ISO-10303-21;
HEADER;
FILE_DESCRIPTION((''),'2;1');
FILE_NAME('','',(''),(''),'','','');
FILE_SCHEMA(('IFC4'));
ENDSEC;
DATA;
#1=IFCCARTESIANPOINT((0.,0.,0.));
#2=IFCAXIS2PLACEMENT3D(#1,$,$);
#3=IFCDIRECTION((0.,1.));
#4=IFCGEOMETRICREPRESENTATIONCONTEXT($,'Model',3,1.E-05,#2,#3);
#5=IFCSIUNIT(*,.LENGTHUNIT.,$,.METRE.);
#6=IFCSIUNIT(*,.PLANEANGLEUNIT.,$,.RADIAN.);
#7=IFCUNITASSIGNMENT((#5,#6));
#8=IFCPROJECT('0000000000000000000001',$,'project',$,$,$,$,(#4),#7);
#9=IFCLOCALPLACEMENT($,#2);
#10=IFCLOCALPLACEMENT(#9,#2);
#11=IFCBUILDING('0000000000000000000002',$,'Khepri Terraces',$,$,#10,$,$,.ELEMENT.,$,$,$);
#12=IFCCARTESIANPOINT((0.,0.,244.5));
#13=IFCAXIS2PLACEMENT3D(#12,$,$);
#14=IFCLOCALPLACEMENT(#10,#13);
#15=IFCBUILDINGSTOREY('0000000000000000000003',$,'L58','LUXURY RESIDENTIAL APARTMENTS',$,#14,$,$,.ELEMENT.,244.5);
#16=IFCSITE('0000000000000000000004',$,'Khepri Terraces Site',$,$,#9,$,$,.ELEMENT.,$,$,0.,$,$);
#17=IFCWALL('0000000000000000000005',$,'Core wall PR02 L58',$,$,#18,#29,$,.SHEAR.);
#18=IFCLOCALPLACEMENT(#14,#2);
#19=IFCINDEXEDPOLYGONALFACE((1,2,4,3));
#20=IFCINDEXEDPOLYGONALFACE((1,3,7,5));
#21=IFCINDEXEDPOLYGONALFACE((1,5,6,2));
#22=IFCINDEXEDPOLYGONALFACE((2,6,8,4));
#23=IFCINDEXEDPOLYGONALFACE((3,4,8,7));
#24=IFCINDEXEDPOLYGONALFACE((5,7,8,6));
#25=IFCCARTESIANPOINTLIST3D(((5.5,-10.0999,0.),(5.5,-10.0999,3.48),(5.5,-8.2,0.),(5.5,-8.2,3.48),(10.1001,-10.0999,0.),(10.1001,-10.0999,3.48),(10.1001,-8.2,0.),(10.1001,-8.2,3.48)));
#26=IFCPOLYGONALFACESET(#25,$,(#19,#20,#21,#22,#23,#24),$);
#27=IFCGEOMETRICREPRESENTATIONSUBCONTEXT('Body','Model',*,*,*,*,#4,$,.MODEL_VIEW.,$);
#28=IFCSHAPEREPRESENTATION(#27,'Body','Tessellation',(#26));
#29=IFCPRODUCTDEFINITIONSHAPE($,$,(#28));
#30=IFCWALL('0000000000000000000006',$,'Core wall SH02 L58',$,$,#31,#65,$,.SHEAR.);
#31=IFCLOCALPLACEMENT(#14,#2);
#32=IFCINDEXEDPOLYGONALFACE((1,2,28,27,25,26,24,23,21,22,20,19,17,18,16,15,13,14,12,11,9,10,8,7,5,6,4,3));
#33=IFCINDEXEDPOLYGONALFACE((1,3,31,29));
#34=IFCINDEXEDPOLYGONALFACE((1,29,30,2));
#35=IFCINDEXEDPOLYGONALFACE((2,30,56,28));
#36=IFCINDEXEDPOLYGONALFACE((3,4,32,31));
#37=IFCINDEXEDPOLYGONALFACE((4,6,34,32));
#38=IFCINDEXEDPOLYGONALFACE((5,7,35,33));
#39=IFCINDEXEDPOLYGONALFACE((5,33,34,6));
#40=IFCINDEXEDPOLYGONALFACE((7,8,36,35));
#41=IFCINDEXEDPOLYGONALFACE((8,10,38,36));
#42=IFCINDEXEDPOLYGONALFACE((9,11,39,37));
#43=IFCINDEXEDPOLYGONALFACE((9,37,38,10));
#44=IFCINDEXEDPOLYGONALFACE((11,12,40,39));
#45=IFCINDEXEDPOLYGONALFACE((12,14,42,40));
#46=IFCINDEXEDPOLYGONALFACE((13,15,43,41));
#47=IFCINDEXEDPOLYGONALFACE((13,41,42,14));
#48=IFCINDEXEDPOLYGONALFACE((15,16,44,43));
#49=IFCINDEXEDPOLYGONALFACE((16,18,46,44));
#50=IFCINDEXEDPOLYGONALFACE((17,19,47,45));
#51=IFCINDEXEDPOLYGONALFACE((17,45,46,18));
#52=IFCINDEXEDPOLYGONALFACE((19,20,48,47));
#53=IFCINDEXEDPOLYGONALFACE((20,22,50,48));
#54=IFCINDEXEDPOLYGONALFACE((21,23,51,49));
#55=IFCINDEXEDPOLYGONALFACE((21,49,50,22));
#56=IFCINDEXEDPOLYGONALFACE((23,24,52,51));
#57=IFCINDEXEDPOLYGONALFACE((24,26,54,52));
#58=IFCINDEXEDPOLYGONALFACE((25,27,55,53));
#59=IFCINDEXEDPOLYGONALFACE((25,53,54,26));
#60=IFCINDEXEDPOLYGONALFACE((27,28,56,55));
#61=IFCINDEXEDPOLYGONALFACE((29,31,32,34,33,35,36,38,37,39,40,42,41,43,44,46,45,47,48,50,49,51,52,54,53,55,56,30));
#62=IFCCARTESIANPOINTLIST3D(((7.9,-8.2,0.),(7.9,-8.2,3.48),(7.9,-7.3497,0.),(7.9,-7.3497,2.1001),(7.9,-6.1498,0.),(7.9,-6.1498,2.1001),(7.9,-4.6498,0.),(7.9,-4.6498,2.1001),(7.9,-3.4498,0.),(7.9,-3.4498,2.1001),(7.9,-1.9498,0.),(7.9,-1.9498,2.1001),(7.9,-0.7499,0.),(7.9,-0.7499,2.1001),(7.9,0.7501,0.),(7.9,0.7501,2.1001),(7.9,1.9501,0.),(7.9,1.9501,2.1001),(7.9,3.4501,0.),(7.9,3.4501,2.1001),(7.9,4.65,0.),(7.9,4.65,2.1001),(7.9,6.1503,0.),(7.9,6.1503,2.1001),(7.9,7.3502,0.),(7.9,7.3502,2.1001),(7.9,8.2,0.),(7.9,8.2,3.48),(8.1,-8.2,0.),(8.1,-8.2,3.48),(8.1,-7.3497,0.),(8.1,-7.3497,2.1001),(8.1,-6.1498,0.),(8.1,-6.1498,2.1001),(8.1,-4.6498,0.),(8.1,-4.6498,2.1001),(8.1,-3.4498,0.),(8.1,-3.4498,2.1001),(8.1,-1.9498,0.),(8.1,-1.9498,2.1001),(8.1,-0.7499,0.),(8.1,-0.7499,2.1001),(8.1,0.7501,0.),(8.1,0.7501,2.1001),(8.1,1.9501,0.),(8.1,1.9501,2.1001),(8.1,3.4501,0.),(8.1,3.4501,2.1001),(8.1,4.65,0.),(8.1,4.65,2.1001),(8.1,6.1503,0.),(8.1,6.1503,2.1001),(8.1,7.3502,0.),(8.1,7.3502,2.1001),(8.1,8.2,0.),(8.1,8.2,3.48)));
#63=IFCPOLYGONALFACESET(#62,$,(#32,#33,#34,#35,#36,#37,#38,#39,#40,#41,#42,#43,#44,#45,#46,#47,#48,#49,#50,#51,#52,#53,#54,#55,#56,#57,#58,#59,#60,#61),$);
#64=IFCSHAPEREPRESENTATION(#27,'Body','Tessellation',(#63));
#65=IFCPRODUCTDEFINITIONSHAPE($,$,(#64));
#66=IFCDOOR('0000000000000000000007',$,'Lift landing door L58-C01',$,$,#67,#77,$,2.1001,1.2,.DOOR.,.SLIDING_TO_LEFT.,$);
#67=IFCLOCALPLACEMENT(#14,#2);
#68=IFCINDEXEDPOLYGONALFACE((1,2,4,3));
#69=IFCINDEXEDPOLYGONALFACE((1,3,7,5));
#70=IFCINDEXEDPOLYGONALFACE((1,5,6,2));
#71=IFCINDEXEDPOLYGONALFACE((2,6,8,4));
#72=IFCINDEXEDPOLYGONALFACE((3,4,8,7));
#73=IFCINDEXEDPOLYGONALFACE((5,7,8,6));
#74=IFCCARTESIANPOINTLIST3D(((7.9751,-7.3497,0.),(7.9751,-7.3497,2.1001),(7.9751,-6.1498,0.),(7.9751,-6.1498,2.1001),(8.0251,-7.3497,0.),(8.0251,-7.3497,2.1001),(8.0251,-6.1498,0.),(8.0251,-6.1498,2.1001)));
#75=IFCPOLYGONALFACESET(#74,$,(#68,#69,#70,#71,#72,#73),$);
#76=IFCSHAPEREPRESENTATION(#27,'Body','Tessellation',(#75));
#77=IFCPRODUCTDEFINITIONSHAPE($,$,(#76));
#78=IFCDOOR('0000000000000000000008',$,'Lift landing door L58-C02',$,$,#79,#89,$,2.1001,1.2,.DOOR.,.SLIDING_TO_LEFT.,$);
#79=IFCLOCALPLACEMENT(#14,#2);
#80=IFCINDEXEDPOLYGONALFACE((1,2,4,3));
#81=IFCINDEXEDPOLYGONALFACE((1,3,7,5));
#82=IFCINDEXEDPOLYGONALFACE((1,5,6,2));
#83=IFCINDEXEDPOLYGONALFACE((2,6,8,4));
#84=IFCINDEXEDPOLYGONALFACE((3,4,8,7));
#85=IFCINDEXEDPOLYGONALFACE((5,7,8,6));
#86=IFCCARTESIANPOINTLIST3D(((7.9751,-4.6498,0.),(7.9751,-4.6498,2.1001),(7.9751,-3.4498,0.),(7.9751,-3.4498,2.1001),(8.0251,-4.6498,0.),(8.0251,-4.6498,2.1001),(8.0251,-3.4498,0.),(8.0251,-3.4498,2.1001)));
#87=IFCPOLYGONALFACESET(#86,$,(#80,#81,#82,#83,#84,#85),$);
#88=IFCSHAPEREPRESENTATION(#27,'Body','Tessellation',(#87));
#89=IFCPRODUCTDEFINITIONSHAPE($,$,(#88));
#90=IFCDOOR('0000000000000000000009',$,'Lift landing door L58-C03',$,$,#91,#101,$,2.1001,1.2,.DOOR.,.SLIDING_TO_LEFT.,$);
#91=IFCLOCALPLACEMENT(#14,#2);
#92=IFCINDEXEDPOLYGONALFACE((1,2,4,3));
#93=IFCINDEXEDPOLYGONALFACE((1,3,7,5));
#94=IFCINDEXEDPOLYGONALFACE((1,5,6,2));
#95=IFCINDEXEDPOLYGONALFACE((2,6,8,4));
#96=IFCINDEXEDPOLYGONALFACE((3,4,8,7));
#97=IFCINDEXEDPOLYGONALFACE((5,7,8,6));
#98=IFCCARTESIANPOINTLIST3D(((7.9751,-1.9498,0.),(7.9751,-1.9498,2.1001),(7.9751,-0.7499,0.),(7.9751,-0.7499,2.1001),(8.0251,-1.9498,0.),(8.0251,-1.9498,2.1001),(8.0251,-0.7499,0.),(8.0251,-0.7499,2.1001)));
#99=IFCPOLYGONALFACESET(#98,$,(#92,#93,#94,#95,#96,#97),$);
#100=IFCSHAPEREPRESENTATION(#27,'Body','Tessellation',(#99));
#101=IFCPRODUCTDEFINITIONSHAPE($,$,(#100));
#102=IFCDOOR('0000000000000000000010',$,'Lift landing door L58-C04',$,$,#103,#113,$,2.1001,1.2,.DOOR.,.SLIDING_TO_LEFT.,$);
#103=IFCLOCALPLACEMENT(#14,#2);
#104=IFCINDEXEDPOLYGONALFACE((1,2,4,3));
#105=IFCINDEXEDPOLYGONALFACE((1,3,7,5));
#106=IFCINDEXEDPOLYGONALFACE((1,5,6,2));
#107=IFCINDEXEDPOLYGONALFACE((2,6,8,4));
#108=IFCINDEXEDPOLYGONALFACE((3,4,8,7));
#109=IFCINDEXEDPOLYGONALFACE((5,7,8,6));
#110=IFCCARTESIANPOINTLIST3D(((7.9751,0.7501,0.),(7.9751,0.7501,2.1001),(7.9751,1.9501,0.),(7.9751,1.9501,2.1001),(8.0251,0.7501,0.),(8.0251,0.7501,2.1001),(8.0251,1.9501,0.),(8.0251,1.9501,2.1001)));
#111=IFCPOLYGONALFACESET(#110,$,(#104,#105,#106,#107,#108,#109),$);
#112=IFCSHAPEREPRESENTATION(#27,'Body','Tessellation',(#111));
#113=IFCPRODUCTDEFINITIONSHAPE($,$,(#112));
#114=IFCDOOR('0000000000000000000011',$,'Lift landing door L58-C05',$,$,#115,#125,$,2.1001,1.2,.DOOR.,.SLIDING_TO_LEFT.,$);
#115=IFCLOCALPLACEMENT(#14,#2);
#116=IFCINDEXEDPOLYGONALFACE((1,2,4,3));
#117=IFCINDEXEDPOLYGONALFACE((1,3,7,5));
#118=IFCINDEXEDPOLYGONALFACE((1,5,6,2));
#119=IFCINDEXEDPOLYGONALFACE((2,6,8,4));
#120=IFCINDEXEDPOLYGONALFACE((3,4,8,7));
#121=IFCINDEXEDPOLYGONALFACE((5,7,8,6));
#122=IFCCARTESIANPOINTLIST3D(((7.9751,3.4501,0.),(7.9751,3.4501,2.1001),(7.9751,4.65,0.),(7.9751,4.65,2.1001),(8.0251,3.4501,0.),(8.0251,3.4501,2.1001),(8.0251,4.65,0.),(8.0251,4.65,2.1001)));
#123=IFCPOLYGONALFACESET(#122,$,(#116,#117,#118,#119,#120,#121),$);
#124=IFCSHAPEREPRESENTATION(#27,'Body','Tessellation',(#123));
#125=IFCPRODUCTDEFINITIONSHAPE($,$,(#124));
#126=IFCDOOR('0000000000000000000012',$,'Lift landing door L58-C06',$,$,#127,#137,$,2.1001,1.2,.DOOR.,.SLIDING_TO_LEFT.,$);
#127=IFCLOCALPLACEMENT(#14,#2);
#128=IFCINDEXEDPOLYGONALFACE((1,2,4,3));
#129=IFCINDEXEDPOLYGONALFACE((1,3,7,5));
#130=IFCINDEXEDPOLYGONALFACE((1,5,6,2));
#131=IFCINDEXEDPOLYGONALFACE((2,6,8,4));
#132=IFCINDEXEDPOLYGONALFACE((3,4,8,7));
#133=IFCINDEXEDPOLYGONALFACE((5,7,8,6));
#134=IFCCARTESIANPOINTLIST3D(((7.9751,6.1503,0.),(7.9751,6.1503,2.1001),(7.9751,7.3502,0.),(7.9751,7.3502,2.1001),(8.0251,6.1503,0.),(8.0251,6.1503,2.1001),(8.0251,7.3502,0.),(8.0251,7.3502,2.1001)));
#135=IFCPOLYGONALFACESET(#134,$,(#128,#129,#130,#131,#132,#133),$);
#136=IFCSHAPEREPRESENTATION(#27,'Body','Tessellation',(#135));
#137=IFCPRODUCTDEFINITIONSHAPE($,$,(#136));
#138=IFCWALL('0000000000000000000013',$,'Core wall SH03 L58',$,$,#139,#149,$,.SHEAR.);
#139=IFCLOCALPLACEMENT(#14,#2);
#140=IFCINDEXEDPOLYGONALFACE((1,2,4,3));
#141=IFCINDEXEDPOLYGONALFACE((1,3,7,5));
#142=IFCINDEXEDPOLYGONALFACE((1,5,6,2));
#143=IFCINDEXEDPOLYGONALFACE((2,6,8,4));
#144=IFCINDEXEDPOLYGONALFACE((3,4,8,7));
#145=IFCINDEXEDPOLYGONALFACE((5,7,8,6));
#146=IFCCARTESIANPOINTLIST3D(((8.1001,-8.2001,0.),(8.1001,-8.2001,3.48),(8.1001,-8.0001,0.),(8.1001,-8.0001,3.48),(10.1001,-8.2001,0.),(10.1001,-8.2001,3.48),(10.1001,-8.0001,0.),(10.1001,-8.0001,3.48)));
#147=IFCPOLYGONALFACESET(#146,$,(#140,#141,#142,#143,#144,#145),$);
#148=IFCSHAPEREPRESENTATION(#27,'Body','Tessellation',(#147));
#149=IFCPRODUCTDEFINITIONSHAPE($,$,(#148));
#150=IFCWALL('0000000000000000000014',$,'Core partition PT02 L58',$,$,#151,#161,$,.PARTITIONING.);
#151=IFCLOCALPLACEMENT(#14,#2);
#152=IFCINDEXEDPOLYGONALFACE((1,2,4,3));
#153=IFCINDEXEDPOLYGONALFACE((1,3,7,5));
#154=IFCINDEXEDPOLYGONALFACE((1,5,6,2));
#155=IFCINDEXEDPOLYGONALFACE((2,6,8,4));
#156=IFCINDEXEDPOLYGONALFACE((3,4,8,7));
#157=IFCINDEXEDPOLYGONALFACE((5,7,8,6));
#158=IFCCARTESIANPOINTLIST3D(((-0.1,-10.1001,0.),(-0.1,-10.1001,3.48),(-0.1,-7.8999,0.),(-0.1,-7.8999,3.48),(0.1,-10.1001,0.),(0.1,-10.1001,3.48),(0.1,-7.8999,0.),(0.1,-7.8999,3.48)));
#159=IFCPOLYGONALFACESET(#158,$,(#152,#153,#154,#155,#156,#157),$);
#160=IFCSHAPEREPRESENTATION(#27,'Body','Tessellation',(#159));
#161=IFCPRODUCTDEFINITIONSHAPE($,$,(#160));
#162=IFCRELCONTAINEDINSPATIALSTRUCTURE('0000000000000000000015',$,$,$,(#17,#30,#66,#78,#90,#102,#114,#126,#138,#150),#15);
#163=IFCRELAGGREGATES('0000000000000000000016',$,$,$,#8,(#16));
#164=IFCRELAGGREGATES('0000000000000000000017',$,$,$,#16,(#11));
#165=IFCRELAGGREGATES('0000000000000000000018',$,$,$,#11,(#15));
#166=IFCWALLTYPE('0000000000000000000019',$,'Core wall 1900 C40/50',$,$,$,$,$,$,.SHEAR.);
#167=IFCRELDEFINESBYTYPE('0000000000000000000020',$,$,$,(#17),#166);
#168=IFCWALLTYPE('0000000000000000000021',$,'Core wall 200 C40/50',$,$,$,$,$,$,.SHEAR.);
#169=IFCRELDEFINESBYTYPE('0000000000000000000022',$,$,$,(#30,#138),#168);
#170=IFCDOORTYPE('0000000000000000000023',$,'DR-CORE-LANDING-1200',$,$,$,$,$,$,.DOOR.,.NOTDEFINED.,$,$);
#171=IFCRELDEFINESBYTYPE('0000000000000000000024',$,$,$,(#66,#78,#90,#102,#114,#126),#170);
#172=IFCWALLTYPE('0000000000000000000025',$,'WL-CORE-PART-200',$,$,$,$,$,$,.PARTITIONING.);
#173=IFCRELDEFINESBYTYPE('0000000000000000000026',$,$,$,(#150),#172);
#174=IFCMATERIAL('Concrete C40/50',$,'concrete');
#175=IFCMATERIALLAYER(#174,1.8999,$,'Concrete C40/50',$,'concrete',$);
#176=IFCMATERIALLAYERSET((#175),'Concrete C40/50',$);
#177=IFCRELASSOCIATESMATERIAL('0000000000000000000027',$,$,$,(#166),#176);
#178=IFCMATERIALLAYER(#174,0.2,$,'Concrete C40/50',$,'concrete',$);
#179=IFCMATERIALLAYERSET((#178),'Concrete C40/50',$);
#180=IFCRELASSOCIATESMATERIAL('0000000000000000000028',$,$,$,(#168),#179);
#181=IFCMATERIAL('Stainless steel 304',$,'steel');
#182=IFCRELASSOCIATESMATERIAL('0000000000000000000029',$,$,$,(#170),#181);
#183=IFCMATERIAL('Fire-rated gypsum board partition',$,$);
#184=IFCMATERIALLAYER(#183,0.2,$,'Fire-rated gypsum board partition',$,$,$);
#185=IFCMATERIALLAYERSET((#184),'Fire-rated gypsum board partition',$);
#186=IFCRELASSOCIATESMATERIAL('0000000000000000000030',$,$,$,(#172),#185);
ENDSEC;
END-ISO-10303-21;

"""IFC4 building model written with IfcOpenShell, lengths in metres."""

from ifc_helpers import new_model, si_unit, direction, frame, frame_2d, origin, place, context, subcontext, project, spatial, rectangle, extrude, material, layer, layer_set, type_object, element, fill, save


model = new_model("IFC4")

# Units and contexts
model_context = context("Model", 3, precision=1e-05, world=origin(), true_north=direction((0.0, 1.0)))
body_context = subcontext(model_context, "Body", "Model", "MODEL_VIEW")
ifc_project = project(units=[si_unit("LENGTHUNIT", "METRE"), si_unit("PLANEANGLEUNIT", "RADIAN")], contexts=[model_context])

# Site, building, storey
site_placement = place(None, origin())
site = spatial("IfcSite", under=ifc_project, at=site_placement, Name="Khepri Terraces Site", CompositionType="ELEMENT", RefElevation=0.0)
building_placement = place(site_placement, origin())
building = spatial("IfcBuilding", under=site, at=building_placement, Name="Khepri Terraces", CompositionType="ELEMENT")
storey_placement = place(building_placement, frame((0.0, 0.0, 244.5)))
storey = spatial("IfcBuildingStorey", under=building, at=storey_placement, Name="L58", Description="LUXURY RESIDENTIAL APARTMENTS", CompositionType="ELEMENT", Elevation=244.5)

# Wall
ifc_material_1 = material(Name="Concrete C40/50", Category="concrete")
ifc_layer_1 = layer(ifc_material_1, 1.8999, Name="Concrete C40/50", Category="concrete")
ifc_layer_set_1 = layer_set([ifc_layer_1], Name="Concrete C40/50")
wall_type_1 = type_object("IfcWallType", Name="Core wall 1900 C40/50", PredefinedType="SHEAR", material=ifc_layer_set_1)
wall_1_placement = place(storey_placement, frame((5.5, -9.1499, 0.0), z_axis=(0.0, 0.0, 1.0), x_axis=(1.0, 0.0, 0.0)))
element("IfcWall", 1, at=wall_1_placement, inside=storey, type_object=wall_type_1, Name="Core wall PR02 L58", PredefinedType="SHEAR", context=body_context, shape_type="SweptSolid", body=[
    extrude(rectangle(XDim=4.6001, YDim=1.8999, at=frame_2d((2.3, 0.0))), origin(), (0.0, 0.0, 1.0), 3.48),
])

# Wall, openings, doors
ifc_layer_2 = layer(ifc_material_1, 0.2, Name="Concrete C40/50", Category="concrete")
ifc_layer_set_2 = layer_set([ifc_layer_2], Name="Concrete C40/50")
wall_type_2 = type_object("IfcWallType", Name="Core wall 200 C40/50", PredefinedType="SHEAR", material=ifc_layer_set_2)
wall_2_placement = place(storey_placement, frame((8.0, -8.2, 0.0), z_axis=(0.0, 0.0, 1.0), x_axis=(0.0, 1.0, 0.0)))
wall_2 = element("IfcWall", 2, at=wall_2_placement, inside=storey, type_object=wall_type_2, Name="Core wall SH02 L58", PredefinedType="SHEAR", context=body_context, shape_type="SweptSolid", body=[
    extrude(rectangle(XDim=16.3999, YDim=0.2, at=frame_2d((8.2, 0.0))), origin(), (0.0, 0.0, 1.0), 3.48),
])
opening_1_placement = place(wall_2_placement, frame((0.8501, 0.0, 0.0)))
opening_1 = element("IfcOpeningElement", 3, at=opening_1_placement, cuts=wall_2, PredefinedType="OPENING", context=body_context, shape_type="SweptSolid", body=[
    extrude(rectangle(XDim=1.2, YDim=2.1001, at=frame_2d((0.6001, 1.05))), frame((0.0, 0.1099, 0.0), z_axis=(0.0, -1.0, 0.0), x_axis=(1.0, 0.0, 0.0)), (0.0, 0.0, 1.0), 0.22),
])
opening_2_placement = place(wall_2_placement, frame((3.55, 0.0, 0.0)))
opening_2 = element("IfcOpeningElement", 4, at=opening_2_placement, cuts=wall_2, PredefinedType="OPENING", context=body_context, shape_type="SweptSolid", body=[
    extrude(rectangle(XDim=1.2, YDim=2.1001, at=frame_2d((0.6001, 1.05))), frame((0.0, 0.1099, 0.0), z_axis=(0.0, -1.0, 0.0), x_axis=(1.0, 0.0, 0.0)), (0.0, 0.0, 1.0), 0.22),
])
opening_3_placement = place(wall_2_placement, frame((6.25, 0.0, 0.0)))
opening_3 = element("IfcOpeningElement", 5, at=opening_3_placement, cuts=wall_2, PredefinedType="OPENING", context=body_context, shape_type="SweptSolid", body=[
    extrude(rectangle(XDim=1.2, YDim=2.1001, at=frame_2d((0.6001, 1.05))), frame((0.0, 0.1099, 0.0), z_axis=(0.0, -1.0, 0.0), x_axis=(1.0, 0.0, 0.0)), (0.0, 0.0, 1.0), 0.22),
])
opening_4_placement = place(wall_2_placement, frame((8.95, 0.0, 0.0)))
opening_4 = element("IfcOpeningElement", 6, at=opening_4_placement, cuts=wall_2, PredefinedType="OPENING", context=body_context, shape_type="SweptSolid", body=[
    extrude(rectangle(XDim=1.2, YDim=2.1001, at=frame_2d((0.6001, 1.05))), frame((0.0, 0.1099, 0.0), z_axis=(0.0, -1.0, 0.0), x_axis=(1.0, 0.0, 0.0)), (0.0, 0.0, 1.0), 0.22),
])
opening_5_placement = place(wall_2_placement, frame((11.6499, 0.0, 0.0)))
opening_5 = element("IfcOpeningElement", 7, at=opening_5_placement, cuts=wall_2, PredefinedType="OPENING", context=body_context, shape_type="SweptSolid", body=[
    extrude(rectangle(XDim=1.2, YDim=2.1001, at=frame_2d((0.6001, 1.05))), frame((0.0, 0.1099, 0.0), z_axis=(0.0, -1.0, 0.0), x_axis=(1.0, 0.0, 0.0)), (0.0, 0.0, 1.0), 0.22),
])
opening_6_placement = place(wall_2_placement, frame((14.3501, 0.0, 0.0)))
opening_6 = element("IfcOpeningElement", 8, at=opening_6_placement, cuts=wall_2, PredefinedType="OPENING", context=body_context, shape_type="SweptSolid", body=[
    extrude(rectangle(XDim=1.2, YDim=2.1001, at=frame_2d((0.6001, 1.05))), frame((0.0, 0.1099, 0.0), z_axis=(0.0, -1.0, 0.0), x_axis=(1.0, 0.0, 0.0)), (0.0, 0.0, 1.0), 0.22),
])
ifc_material_2 = material(Name="Stainless steel 304", Category="steel")
door_type_1 = type_object("IfcDoorType", Name="DR-CORE-LANDING-1200", OperationType="NOTDEFINED", PredefinedType="DOOR", material=ifc_material_2)
door_1_placement = place(opening_1_placement, origin())
door_1 = element("IfcDoor", 9, at=door_1_placement, inside=storey, type_object=door_type_1, Name="Lift landing door L58-C01", OperationType="SLIDING_TO_LEFT", OverallHeight=2.1001, OverallWidth=1.2, PredefinedType="DOOR", context=body_context, shape_type="SweptSolid", body=[
    extrude(rectangle(XDim=1.2, YDim=2.1001, at=frame_2d((0.6001, 1.05))), frame((0.0, 0.0249, 0.0), z_axis=(0.0, -1.0, 0.0), x_axis=(1.0, 0.0, 0.0)), (0.0, 0.0, 1.0), 0.05),
])
fill(opening_1, door_1)
door_2_placement = place(opening_2_placement, origin())
door_2 = element("IfcDoor", 10, at=door_2_placement, inside=storey, type_object=door_type_1, Name="Lift landing door L58-C02", OperationType="SLIDING_TO_LEFT", OverallHeight=2.1001, OverallWidth=1.2, PredefinedType="DOOR", context=body_context, shape_type="SweptSolid", body=[
    extrude(rectangle(XDim=1.2, YDim=2.1001, at=frame_2d((0.6001, 1.05))), frame((0.0, 0.0249, 0.0), z_axis=(0.0, -1.0, 0.0), x_axis=(1.0, 0.0, 0.0)), (0.0, 0.0, 1.0), 0.05),
])
fill(opening_2, door_2)
door_3_placement = place(opening_3_placement, origin())
door_3 = element("IfcDoor", 11, at=door_3_placement, inside=storey, type_object=door_type_1, Name="Lift landing door L58-C03", OperationType="SLIDING_TO_LEFT", OverallHeight=2.1001, OverallWidth=1.2, PredefinedType="DOOR", context=body_context, shape_type="SweptSolid", body=[
    extrude(rectangle(XDim=1.2, YDim=2.1001, at=frame_2d((0.6001, 1.05))), frame((0.0, 0.0249, 0.0), z_axis=(0.0, -1.0, 0.0), x_axis=(1.0, 0.0, 0.0)), (0.0, 0.0, 1.0), 0.05),
])
fill(opening_3, door_3)
door_4_placement = place(opening_4_placement, origin())
door_4 = element("IfcDoor", 12, at=door_4_placement, inside=storey, type_object=door_type_1, Name="Lift landing door L58-C04", OperationType="SLIDING_TO_LEFT", OverallHeight=2.1001, OverallWidth=1.2, PredefinedType="DOOR", context=body_context, shape_type="SweptSolid", body=[
    extrude(rectangle(XDim=1.2, YDim=2.1001, at=frame_2d((0.6001, 1.05))), frame((0.0, 0.0249, 0.0), z_axis=(0.0, -1.0, 0.0), x_axis=(1.0, 0.0, 0.0)), (0.0, 0.0, 1.0), 0.05),
])
fill(opening_4, door_4)
door_5_placement = place(opening_5_placement, origin())
door_5 = element("IfcDoor", 13, at=door_5_placement, inside=storey, type_object=door_type_1, Name="Lift landing door L58-C05", OperationType="SLIDING_TO_LEFT", OverallHeight=2.1001, OverallWidth=1.2, PredefinedType="DOOR", context=body_context, shape_type="SweptSolid", body=[
    extrude(rectangle(XDim=1.2, YDim=2.1001, at=frame_2d((0.6001, 1.05))), frame((0.0, 0.0249, 0.0), z_axis=(0.0, -1.0, 0.0), x_axis=(1.0, 0.0, 0.0)), (0.0, 0.0, 1.0), 0.05),
])
fill(opening_5, door_5)
door_6_placement = place(opening_6_placement, origin())
door_6 = element("IfcDoor", 14, at=door_6_placement, inside=storey, type_object=door_type_1, Name="Lift landing door L58-C06", OperationType="SLIDING_TO_LEFT", OverallHeight=2.1001, OverallWidth=1.2, PredefinedType="DOOR", context=body_context, shape_type="SweptSolid", body=[
    extrude(rectangle(XDim=1.2, YDim=2.1001, at=frame_2d((0.6001, 1.05))), frame((0.0, 0.0249, 0.0), z_axis=(0.0, -1.0, 0.0), x_axis=(1.0, 0.0, 0.0)), (0.0, 0.0, 1.0), 0.05),
])
fill(opening_6, door_6)

# Walls
wall_3_placement = place(storey_placement, frame((8.1001, -8.1001, 0.0), z_axis=(0.0, 0.0, 1.0), x_axis=(1.0, 0.0, 0.0)))
element("IfcWall", 15, at=wall_3_placement, inside=storey, type_object=wall_type_2, Name="Core wall SH03 L58", PredefinedType="SHEAR", context=body_context, shape_type="SweptSolid", body=[
    extrude(rectangle(XDim=2.0, YDim=0.2, at=frame_2d((1.0, 0.0))), origin(), (0.0, 0.0, 1.0), 3.48),
])
ifc_material_3 = material(Name="Fire-rated gypsum board partition")
ifc_layer_3 = layer(ifc_material_3, 0.2, Name="Fire-rated gypsum board partition")
ifc_layer_set_3 = layer_set([ifc_layer_3], Name="Fire-rated gypsum board partition")
wall_type_3 = type_object("IfcWallType", Name="WL-CORE-PART-200", PredefinedType="PARTITIONING", material=ifc_layer_set_3)
wall_4_placement = place(storey_placement, frame((0.0, -10.1001, 0.0), z_axis=(0.0, 0.0, 1.0), x_axis=(0.0, 1.0, 0.0)))
element("IfcWall", 16, at=wall_4_placement, inside=storey, type_object=wall_type_3, Name="Core partition PT02 L58", PredefinedType="PARTITIONING", context=body_context, shape_type="SweptSolid", body=[
    extrude(rectangle(XDim=2.2002, YDim=0.2, at=frame_2d((1.1001, 0.0))), origin(), (0.0, 0.0, 1.0), 3.48),
])

save(model, "model.ifc")
